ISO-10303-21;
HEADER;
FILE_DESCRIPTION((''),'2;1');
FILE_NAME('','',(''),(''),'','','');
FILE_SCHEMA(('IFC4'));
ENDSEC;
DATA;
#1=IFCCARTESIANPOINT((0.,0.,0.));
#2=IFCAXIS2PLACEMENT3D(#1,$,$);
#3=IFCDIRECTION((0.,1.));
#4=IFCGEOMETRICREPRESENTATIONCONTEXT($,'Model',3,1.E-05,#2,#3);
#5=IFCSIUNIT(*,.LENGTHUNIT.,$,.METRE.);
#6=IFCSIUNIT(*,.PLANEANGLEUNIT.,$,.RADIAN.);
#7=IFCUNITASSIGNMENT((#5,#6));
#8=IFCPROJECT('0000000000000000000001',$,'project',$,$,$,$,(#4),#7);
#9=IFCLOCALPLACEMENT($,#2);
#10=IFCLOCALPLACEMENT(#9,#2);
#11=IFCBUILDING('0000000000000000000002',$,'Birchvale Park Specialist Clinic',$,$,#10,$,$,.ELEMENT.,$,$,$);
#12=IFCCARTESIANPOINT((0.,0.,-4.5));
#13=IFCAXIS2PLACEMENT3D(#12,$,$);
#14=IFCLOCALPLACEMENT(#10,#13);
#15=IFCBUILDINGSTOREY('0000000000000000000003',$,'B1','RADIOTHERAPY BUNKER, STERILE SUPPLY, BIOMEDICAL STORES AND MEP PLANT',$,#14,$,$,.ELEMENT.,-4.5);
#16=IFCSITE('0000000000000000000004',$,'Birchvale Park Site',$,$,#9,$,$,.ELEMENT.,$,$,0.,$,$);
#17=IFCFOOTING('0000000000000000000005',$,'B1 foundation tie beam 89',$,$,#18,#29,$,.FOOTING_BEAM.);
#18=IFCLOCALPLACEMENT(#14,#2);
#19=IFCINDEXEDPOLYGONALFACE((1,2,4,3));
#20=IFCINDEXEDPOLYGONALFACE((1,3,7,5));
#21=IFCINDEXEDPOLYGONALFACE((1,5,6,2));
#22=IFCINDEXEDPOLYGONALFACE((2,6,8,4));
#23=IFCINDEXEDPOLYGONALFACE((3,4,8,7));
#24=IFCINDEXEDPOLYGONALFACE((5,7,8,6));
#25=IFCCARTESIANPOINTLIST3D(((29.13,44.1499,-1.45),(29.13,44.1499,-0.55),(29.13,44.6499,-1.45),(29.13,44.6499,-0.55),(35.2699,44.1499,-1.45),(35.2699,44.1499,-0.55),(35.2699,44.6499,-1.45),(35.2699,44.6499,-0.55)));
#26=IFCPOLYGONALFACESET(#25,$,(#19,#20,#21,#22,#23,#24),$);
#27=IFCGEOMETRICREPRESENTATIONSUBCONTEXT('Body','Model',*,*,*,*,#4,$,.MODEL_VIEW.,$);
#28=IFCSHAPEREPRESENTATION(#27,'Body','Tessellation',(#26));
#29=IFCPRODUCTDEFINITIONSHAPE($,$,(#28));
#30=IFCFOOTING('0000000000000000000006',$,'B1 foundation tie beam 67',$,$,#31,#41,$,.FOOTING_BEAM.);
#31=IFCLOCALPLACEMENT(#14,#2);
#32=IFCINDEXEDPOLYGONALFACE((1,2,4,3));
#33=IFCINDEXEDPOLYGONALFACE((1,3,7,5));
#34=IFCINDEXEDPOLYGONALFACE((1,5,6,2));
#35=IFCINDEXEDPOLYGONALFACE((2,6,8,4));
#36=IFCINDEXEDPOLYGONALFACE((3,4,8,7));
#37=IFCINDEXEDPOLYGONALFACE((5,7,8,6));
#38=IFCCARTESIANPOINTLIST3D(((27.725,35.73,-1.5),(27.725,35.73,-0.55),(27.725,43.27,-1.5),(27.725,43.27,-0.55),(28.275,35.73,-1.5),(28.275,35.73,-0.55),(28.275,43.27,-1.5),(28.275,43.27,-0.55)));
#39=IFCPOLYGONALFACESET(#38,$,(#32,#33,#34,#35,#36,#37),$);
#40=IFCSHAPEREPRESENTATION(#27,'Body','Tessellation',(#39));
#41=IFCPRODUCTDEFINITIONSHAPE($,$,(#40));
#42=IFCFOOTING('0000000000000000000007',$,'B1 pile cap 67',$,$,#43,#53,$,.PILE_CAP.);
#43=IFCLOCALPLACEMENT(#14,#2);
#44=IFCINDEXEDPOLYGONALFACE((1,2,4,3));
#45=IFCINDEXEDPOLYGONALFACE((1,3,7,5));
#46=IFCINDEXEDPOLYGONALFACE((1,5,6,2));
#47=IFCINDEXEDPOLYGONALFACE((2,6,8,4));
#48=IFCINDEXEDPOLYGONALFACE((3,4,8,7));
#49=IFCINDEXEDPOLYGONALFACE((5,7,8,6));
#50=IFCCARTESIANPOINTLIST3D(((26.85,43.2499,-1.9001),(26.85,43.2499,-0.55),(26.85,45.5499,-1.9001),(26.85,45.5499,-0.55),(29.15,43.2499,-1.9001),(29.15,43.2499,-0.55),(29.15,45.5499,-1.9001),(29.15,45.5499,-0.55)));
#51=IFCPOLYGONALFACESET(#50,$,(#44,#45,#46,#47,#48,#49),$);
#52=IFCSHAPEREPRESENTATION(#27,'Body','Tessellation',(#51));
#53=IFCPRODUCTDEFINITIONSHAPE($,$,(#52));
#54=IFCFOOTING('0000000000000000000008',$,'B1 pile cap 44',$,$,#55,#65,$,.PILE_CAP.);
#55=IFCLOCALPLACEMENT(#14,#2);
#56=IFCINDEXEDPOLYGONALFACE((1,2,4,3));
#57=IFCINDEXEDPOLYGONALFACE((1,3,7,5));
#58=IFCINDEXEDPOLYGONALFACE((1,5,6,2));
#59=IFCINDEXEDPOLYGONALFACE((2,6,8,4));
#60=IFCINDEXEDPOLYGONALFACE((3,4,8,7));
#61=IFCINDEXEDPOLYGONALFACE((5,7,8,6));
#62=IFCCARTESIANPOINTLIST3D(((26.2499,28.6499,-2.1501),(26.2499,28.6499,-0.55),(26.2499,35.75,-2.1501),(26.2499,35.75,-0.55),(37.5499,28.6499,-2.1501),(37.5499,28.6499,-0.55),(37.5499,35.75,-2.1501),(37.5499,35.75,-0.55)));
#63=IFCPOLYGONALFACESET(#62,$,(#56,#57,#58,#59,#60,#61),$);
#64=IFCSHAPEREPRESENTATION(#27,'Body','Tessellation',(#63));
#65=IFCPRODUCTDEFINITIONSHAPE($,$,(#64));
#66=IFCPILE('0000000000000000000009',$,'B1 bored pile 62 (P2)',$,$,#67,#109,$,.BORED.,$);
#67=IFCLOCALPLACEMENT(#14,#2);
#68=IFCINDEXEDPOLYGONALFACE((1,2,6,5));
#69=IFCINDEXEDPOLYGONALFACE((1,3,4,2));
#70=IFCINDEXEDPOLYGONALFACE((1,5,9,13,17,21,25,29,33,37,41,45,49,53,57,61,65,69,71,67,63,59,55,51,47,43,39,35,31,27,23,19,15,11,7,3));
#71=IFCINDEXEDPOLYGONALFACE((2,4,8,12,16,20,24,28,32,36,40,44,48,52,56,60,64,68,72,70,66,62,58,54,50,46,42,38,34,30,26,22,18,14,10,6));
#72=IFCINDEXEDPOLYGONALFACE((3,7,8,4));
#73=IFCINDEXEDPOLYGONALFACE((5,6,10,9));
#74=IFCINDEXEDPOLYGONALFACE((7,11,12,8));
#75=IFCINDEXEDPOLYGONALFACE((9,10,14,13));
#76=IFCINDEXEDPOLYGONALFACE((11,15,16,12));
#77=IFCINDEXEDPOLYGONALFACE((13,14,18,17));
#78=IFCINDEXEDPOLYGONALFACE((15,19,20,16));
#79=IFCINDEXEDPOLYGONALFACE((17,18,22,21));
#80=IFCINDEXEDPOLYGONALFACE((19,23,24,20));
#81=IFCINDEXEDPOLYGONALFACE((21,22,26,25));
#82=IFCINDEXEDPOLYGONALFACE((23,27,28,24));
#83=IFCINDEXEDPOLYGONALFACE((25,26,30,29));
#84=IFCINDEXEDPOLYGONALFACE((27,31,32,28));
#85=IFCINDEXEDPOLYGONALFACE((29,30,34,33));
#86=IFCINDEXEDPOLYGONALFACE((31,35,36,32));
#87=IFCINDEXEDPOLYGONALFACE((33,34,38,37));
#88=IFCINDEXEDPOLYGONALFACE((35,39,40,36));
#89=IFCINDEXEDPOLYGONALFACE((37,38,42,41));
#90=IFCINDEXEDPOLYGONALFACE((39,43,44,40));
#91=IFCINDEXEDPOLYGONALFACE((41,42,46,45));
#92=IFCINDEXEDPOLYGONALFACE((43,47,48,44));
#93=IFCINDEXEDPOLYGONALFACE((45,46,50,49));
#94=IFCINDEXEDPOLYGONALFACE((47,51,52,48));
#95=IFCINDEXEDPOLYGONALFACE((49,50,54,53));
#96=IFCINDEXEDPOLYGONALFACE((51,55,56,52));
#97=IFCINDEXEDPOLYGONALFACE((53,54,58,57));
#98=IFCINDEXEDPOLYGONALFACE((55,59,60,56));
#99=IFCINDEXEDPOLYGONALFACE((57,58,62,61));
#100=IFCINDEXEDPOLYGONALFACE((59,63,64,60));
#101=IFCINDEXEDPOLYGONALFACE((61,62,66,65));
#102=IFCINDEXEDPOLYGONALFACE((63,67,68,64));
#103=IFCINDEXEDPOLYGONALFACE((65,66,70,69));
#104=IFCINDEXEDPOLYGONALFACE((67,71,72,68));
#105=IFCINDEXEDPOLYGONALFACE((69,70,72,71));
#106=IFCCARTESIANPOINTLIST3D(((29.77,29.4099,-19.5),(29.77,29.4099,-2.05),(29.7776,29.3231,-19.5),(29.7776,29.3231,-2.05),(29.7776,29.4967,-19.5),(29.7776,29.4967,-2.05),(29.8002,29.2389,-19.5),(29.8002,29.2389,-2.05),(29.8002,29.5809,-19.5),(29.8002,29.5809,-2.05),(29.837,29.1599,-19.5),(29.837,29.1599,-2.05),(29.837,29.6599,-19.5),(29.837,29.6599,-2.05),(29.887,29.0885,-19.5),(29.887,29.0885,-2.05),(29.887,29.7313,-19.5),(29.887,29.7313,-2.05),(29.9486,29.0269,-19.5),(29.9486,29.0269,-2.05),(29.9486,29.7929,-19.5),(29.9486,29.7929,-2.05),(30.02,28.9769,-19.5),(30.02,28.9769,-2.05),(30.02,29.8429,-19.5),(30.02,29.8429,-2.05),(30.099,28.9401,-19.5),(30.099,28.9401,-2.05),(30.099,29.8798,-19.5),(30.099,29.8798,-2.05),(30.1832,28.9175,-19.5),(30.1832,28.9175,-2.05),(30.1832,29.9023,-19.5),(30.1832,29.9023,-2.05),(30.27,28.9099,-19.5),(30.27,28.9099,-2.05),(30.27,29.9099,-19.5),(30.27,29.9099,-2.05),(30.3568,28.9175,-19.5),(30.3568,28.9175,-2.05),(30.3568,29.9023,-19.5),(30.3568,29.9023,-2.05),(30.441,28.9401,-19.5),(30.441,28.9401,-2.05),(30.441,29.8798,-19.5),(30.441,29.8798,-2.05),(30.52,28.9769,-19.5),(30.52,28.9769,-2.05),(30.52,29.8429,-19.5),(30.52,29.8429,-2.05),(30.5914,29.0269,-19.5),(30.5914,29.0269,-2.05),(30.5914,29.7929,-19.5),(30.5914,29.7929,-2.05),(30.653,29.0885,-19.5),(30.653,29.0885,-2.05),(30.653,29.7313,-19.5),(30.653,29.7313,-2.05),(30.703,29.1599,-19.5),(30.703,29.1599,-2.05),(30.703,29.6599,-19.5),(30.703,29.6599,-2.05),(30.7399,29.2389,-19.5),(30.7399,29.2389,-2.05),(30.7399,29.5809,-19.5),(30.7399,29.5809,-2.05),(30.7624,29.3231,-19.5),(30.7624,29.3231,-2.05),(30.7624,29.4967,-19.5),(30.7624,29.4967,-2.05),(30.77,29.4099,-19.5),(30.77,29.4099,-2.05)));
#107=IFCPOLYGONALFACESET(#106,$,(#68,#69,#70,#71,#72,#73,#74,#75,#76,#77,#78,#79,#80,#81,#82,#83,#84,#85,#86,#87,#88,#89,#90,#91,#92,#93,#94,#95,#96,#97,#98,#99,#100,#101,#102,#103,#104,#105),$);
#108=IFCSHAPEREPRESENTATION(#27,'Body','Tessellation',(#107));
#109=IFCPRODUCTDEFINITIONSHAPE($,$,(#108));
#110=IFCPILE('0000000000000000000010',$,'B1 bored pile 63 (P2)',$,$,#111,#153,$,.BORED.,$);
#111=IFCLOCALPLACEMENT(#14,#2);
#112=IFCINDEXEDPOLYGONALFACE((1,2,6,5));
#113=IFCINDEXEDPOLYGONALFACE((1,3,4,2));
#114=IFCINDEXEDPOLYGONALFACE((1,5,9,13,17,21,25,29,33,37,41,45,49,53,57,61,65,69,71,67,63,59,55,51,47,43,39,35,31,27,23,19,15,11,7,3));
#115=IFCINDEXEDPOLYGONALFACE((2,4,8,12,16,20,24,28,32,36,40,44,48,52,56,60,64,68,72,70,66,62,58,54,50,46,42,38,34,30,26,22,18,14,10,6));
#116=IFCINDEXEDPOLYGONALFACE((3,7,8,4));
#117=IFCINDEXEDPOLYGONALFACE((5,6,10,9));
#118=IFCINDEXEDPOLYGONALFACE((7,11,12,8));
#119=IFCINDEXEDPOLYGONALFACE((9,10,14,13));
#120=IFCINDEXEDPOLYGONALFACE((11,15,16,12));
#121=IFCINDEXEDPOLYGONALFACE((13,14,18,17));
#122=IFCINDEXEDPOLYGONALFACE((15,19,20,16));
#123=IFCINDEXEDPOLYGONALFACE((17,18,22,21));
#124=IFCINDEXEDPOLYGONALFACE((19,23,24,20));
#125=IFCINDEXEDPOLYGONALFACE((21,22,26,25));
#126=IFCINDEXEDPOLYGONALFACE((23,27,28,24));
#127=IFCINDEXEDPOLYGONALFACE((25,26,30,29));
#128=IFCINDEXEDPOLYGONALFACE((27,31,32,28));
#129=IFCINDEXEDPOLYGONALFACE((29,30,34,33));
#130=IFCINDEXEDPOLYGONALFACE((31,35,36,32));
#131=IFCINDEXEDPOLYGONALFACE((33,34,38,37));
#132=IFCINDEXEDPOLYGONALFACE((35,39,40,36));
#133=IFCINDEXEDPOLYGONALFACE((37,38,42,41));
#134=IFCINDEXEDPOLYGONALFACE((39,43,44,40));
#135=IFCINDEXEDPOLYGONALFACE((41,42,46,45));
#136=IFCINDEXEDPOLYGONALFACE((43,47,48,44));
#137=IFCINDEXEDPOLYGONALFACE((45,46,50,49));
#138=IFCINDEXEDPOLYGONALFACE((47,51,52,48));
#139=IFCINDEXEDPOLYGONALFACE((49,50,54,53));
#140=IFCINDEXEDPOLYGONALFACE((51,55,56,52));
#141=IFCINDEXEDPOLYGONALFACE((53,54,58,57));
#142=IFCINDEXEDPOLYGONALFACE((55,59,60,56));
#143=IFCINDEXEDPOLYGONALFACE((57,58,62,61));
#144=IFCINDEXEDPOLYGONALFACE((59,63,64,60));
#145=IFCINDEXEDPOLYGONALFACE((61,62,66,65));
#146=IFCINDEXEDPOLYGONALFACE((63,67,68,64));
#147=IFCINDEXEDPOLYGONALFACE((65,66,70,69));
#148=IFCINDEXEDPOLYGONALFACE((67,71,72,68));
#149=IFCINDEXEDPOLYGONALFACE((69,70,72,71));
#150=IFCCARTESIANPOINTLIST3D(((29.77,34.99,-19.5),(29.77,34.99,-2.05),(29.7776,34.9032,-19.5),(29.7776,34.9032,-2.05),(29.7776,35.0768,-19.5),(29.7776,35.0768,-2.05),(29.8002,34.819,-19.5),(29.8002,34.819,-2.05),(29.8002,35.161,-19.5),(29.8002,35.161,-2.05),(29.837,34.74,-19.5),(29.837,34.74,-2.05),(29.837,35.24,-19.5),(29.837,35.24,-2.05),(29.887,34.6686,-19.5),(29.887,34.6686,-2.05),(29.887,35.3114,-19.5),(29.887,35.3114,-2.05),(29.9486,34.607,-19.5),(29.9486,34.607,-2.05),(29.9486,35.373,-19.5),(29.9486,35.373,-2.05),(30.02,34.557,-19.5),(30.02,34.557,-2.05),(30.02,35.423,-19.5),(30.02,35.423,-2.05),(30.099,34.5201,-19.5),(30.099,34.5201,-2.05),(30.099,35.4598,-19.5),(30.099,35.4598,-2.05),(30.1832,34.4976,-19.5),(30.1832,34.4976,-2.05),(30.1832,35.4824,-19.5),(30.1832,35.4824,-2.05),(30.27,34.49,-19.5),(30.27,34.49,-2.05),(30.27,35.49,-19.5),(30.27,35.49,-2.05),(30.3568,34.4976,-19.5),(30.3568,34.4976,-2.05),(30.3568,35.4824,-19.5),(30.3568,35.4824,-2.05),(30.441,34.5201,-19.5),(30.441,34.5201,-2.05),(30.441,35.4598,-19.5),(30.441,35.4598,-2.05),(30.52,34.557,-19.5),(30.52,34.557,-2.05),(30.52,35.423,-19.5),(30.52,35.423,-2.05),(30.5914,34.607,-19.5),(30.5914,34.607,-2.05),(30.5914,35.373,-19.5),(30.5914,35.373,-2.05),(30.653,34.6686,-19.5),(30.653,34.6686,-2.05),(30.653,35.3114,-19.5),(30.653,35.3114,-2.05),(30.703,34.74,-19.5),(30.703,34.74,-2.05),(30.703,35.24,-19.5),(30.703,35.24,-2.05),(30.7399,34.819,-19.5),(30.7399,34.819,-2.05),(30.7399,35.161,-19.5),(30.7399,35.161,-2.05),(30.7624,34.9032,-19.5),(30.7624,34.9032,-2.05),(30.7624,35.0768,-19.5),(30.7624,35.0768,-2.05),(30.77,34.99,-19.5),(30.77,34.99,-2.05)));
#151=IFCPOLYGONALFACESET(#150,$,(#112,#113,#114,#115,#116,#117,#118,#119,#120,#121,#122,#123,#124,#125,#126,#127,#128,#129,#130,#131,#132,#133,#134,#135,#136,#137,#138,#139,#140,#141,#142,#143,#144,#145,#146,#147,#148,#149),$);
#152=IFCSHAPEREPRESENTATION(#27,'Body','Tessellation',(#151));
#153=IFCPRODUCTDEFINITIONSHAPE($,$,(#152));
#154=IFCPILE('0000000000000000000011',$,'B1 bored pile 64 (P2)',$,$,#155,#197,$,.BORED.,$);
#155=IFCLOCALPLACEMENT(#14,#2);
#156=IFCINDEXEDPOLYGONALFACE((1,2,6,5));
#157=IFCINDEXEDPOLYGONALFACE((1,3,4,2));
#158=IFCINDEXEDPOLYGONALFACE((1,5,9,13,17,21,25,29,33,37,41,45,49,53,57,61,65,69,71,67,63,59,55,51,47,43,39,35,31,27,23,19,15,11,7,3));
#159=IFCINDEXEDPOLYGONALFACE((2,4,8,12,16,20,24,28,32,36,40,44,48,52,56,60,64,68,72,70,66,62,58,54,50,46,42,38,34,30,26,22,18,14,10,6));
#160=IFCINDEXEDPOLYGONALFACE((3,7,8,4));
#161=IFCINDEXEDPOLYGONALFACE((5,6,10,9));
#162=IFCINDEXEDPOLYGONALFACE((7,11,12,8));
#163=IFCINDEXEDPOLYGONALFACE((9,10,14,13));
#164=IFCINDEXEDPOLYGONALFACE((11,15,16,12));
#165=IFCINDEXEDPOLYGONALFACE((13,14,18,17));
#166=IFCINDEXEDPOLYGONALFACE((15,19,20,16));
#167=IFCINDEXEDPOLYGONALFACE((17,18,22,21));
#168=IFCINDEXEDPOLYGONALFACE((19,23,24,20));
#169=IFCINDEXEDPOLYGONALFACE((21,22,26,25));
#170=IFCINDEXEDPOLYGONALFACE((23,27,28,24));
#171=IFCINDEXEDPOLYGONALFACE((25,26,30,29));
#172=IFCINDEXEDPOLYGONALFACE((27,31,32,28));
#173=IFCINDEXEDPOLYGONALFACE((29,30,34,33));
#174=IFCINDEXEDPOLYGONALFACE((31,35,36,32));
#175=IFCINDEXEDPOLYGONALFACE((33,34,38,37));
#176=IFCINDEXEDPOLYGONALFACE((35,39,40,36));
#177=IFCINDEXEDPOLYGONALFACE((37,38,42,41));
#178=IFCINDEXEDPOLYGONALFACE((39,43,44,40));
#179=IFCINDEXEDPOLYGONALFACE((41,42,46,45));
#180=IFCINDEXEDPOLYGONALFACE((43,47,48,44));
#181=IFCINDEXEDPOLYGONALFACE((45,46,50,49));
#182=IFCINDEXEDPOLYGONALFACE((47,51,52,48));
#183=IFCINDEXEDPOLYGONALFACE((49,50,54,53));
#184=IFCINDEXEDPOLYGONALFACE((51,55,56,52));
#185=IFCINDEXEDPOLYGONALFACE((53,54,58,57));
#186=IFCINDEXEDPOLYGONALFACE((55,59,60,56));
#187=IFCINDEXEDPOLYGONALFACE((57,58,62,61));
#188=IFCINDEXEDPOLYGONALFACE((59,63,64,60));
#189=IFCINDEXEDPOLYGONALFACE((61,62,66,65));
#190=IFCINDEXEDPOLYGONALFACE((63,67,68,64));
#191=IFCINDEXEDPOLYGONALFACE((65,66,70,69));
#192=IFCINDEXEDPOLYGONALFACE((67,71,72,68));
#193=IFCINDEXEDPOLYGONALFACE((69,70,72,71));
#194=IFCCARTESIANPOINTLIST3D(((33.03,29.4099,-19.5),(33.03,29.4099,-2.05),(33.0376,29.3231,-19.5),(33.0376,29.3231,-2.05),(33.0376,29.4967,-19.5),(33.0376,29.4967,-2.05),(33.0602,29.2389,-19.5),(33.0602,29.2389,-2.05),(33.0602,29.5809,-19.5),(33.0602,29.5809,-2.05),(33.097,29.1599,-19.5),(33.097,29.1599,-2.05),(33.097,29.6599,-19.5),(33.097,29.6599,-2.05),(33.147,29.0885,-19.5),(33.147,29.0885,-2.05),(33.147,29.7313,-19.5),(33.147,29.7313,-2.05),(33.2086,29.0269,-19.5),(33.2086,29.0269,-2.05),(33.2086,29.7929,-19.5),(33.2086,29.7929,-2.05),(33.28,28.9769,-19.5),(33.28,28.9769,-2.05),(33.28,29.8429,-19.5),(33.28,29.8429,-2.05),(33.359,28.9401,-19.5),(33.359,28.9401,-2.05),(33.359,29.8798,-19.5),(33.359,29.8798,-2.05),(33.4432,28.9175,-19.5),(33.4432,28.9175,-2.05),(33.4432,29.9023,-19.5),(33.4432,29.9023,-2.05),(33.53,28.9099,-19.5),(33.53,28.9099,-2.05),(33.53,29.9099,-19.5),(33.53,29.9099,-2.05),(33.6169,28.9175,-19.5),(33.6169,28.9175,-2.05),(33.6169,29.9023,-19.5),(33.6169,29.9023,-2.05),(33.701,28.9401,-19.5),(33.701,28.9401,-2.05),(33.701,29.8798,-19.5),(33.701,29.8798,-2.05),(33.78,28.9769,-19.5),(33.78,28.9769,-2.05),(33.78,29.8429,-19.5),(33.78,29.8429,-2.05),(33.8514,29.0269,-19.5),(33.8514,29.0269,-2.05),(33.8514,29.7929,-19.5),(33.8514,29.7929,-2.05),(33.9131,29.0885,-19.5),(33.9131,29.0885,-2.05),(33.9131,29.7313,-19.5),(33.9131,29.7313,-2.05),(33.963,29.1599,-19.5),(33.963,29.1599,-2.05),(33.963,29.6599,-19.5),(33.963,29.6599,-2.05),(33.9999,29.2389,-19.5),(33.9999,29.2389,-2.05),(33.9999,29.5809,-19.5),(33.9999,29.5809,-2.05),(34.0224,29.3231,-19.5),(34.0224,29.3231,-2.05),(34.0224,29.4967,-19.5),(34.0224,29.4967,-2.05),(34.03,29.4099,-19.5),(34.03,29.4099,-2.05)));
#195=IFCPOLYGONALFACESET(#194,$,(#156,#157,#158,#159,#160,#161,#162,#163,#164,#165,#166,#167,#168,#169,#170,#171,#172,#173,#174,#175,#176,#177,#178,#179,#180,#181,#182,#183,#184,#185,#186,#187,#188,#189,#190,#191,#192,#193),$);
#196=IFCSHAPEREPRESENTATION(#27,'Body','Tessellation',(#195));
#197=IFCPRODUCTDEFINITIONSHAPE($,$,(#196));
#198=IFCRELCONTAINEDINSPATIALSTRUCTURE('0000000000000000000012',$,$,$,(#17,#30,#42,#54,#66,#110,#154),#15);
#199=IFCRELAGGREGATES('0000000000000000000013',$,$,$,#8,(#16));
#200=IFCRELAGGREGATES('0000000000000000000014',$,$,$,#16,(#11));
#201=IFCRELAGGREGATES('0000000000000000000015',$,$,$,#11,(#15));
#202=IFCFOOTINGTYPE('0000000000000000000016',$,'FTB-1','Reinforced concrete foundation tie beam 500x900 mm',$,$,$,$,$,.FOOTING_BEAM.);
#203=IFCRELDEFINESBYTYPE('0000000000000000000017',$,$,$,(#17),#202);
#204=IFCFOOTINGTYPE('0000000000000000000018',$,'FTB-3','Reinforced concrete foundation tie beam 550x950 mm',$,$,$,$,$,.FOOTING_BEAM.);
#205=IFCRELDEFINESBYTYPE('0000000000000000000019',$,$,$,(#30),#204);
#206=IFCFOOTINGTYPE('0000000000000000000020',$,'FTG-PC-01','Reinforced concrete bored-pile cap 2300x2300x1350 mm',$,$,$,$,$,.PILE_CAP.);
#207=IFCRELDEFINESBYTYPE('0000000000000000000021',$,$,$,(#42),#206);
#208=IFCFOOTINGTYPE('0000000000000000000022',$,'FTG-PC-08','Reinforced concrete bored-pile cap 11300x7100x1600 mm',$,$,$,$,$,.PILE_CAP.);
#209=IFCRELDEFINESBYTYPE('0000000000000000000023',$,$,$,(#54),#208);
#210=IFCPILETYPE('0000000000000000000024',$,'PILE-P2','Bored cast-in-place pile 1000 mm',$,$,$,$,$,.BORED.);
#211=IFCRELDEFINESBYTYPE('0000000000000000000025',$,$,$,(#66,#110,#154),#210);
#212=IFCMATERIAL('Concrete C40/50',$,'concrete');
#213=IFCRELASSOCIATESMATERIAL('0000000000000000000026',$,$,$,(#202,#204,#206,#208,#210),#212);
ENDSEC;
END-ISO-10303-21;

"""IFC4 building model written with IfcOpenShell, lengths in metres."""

from ifc_helpers import new_model, si_unit, direction, frame, origin, origin_2d, place, context, subcontext, project, spatial, rectangle, circle, extrude, material, material_profile, profile_set, type_object, element, save


model = new_model("IFC4")

# Units and contexts
model_context = context("Model", 3, precision=1e-05, world=origin(), true_north=direction((0.0, 1.0)))
body_context = subcontext(model_context, "Body", "Model", "MODEL_VIEW")
ifc_project = project(units=[si_unit("LENGTHUNIT", "METRE"), si_unit("PLANEANGLEUNIT", "RADIAN")], contexts=[model_context])

# Site, building, storey
site_placement = place(None, origin())
site = spatial("IfcSite", under=ifc_project, at=site_placement, Name="Birchvale Park Site", CompositionType="ELEMENT", RefElevation=0.0)
building_placement = place(site_placement, origin())
building = spatial("IfcBuilding", under=site, at=building_placement, Name="Birchvale Park Specialist Clinic", CompositionType="ELEMENT")
storey_placement = place(building_placement, frame((0.0, 0.0, -4.5)))
storey = spatial("IfcBuildingStorey", under=building, at=storey_placement, Name="B1", Description="RADIOTHERAPY BUNKER, STERILE SUPPLY, BIOMEDICAL STORES AND MEP PLANT", CompositionType="ELEMENT", Elevation=-4.5)

# Footings
ifc_material_1 = material(Name="Concrete C40/50", Category="concrete")
footing_type_1 = type_object("IfcFootingType", Name="FTB-1", Description="Reinforced concrete foundation tie beam 500x900 mm", PredefinedType="FOOTING_BEAM", material=ifc_material_1)
footing_1_placement = place(storey_placement, frame((32.2, 44.3999, -1.45), z_axis=(0.0, 0.0, 1.0), x_axis=(1.0, 0.0, 0.0)))
element("IfcFooting", 1, at=footing_1_placement, inside=storey, type_object=footing_type_1, Name="B1 foundation tie beam 89", PredefinedType="FOOTING_BEAM", context=body_context, shape_type="SweptSolid", body=[
    extrude(rectangle(XDim=6.1399, YDim=0.5, at=origin_2d()), origin(), (0.0, 0.0, 1.0), 0.8999),
])
footing_type_2 = type_object("IfcFootingType", Name="FTB-3", Description="Reinforced concrete foundation tie beam 550x950 mm", PredefinedType="FOOTING_BEAM", material=ifc_material_1)
footing_2_placement = place(storey_placement, frame((28.0, 39.5, -1.5), z_axis=(0.0, 0.0, 1.0), x_axis=(1.0, 0.0, 0.0)))
element("IfcFooting", 2, at=footing_2_placement, inside=storey, type_object=footing_type_2, Name="B1 foundation tie beam 67", PredefinedType="FOOTING_BEAM", context=body_context, shape_type="SweptSolid", body=[
    extrude(rectangle(XDim=0.55, YDim=7.54, at=origin_2d()), origin(), (0.0, 0.0, 1.0), 0.95),
])
footing_type_3 = type_object("IfcFootingType", Name="FTG-PC-01", Description="Reinforced concrete bored-pile cap 2300x2300x1350 mm", PredefinedType="PILE_CAP", material=ifc_material_1)
footing_3_placement = place(storey_placement, frame((28.0, 44.3999, -1.9001), z_axis=(0.0, 0.0, 1.0), x_axis=(1.0, 0.0, 0.0)))
element("IfcFooting", 3, at=footing_3_placement, inside=storey, type_object=footing_type_3, Name="B1 pile cap 67", PredefinedType="PILE_CAP", context=body_context, shape_type="SweptSolid", body=[
    extrude(rectangle(XDim=2.3, YDim=2.3, at=origin_2d()), origin(), (0.0, 0.0, 1.0), 1.3501),
])
footing_type_4 = type_object("IfcFootingType", Name="FTG-PC-08", Description="Reinforced concrete bored-pile cap 11300x7100x1600 mm", PredefinedType="PILE_CAP", material=ifc_material_1)
footing_4_placement = place(storey_placement, frame((31.8999, 32.2, -2.1501), z_axis=(0.0, 0.0, 1.0), x_axis=(1.0, 0.0, 0.0)))
element("IfcFooting", 4, at=footing_4_placement, inside=storey, type_object=footing_type_4, Name="B1 pile cap 44", PredefinedType="PILE_CAP", context=body_context, shape_type="SweptSolid", body=[
    extrude(rectangle(XDim=11.3, YDim=7.1001, at=origin_2d()), origin(), (0.0, 0.0, 1.0), 1.6001),
])

# Piles
ifc_material_profile_1 = material_profile(ifc_material_1, circle(Radius=0.5, at=origin_2d()), Name="PILE-1000")
ifc_profile_set_1 = profile_set([ifc_material_profile_1], Name="Concrete C40/50")
pile_type_1 = type_object("IfcPileType", Name="PILE-P2", Description="Bored cast-in-place pile 1000 mm", PredefinedType="BORED", material=ifc_profile_set_1)
for number, where, z_axis, x_axis, name in (
    (5, (30.27, 29.4099, -2.05), (0.0, 0.0, -1.0), (1.0, 0.0, 0.0), "B1 bored pile 62 (P2)"),
    (6, (30.27, 34.99, -2.05), (0.0, 0.0, -1.0), (1.0, 0.0, 0.0), "B1 bored pile 63 (P2)"),
    (7, (33.53, 29.4099, -2.05), (0.0, 0.0, -1.0), (1.0, 0.0, 0.0), "B1 bored pile 64 (P2)"),
):
    element("IfcPile", number, at=place(storey_placement, frame(where, z_axis=z_axis, x_axis=x_axis)), inside=storey, type_object=pile_type_1, Name=name, PredefinedType="BORED", context=body_context, shape_type="SweptSolid", body=[
        extrude(circle(Radius=0.5, at=origin_2d()), origin(), (0.0, 0.0, 1.0), 17.45),
    ])

save(model, "model.ifc")
